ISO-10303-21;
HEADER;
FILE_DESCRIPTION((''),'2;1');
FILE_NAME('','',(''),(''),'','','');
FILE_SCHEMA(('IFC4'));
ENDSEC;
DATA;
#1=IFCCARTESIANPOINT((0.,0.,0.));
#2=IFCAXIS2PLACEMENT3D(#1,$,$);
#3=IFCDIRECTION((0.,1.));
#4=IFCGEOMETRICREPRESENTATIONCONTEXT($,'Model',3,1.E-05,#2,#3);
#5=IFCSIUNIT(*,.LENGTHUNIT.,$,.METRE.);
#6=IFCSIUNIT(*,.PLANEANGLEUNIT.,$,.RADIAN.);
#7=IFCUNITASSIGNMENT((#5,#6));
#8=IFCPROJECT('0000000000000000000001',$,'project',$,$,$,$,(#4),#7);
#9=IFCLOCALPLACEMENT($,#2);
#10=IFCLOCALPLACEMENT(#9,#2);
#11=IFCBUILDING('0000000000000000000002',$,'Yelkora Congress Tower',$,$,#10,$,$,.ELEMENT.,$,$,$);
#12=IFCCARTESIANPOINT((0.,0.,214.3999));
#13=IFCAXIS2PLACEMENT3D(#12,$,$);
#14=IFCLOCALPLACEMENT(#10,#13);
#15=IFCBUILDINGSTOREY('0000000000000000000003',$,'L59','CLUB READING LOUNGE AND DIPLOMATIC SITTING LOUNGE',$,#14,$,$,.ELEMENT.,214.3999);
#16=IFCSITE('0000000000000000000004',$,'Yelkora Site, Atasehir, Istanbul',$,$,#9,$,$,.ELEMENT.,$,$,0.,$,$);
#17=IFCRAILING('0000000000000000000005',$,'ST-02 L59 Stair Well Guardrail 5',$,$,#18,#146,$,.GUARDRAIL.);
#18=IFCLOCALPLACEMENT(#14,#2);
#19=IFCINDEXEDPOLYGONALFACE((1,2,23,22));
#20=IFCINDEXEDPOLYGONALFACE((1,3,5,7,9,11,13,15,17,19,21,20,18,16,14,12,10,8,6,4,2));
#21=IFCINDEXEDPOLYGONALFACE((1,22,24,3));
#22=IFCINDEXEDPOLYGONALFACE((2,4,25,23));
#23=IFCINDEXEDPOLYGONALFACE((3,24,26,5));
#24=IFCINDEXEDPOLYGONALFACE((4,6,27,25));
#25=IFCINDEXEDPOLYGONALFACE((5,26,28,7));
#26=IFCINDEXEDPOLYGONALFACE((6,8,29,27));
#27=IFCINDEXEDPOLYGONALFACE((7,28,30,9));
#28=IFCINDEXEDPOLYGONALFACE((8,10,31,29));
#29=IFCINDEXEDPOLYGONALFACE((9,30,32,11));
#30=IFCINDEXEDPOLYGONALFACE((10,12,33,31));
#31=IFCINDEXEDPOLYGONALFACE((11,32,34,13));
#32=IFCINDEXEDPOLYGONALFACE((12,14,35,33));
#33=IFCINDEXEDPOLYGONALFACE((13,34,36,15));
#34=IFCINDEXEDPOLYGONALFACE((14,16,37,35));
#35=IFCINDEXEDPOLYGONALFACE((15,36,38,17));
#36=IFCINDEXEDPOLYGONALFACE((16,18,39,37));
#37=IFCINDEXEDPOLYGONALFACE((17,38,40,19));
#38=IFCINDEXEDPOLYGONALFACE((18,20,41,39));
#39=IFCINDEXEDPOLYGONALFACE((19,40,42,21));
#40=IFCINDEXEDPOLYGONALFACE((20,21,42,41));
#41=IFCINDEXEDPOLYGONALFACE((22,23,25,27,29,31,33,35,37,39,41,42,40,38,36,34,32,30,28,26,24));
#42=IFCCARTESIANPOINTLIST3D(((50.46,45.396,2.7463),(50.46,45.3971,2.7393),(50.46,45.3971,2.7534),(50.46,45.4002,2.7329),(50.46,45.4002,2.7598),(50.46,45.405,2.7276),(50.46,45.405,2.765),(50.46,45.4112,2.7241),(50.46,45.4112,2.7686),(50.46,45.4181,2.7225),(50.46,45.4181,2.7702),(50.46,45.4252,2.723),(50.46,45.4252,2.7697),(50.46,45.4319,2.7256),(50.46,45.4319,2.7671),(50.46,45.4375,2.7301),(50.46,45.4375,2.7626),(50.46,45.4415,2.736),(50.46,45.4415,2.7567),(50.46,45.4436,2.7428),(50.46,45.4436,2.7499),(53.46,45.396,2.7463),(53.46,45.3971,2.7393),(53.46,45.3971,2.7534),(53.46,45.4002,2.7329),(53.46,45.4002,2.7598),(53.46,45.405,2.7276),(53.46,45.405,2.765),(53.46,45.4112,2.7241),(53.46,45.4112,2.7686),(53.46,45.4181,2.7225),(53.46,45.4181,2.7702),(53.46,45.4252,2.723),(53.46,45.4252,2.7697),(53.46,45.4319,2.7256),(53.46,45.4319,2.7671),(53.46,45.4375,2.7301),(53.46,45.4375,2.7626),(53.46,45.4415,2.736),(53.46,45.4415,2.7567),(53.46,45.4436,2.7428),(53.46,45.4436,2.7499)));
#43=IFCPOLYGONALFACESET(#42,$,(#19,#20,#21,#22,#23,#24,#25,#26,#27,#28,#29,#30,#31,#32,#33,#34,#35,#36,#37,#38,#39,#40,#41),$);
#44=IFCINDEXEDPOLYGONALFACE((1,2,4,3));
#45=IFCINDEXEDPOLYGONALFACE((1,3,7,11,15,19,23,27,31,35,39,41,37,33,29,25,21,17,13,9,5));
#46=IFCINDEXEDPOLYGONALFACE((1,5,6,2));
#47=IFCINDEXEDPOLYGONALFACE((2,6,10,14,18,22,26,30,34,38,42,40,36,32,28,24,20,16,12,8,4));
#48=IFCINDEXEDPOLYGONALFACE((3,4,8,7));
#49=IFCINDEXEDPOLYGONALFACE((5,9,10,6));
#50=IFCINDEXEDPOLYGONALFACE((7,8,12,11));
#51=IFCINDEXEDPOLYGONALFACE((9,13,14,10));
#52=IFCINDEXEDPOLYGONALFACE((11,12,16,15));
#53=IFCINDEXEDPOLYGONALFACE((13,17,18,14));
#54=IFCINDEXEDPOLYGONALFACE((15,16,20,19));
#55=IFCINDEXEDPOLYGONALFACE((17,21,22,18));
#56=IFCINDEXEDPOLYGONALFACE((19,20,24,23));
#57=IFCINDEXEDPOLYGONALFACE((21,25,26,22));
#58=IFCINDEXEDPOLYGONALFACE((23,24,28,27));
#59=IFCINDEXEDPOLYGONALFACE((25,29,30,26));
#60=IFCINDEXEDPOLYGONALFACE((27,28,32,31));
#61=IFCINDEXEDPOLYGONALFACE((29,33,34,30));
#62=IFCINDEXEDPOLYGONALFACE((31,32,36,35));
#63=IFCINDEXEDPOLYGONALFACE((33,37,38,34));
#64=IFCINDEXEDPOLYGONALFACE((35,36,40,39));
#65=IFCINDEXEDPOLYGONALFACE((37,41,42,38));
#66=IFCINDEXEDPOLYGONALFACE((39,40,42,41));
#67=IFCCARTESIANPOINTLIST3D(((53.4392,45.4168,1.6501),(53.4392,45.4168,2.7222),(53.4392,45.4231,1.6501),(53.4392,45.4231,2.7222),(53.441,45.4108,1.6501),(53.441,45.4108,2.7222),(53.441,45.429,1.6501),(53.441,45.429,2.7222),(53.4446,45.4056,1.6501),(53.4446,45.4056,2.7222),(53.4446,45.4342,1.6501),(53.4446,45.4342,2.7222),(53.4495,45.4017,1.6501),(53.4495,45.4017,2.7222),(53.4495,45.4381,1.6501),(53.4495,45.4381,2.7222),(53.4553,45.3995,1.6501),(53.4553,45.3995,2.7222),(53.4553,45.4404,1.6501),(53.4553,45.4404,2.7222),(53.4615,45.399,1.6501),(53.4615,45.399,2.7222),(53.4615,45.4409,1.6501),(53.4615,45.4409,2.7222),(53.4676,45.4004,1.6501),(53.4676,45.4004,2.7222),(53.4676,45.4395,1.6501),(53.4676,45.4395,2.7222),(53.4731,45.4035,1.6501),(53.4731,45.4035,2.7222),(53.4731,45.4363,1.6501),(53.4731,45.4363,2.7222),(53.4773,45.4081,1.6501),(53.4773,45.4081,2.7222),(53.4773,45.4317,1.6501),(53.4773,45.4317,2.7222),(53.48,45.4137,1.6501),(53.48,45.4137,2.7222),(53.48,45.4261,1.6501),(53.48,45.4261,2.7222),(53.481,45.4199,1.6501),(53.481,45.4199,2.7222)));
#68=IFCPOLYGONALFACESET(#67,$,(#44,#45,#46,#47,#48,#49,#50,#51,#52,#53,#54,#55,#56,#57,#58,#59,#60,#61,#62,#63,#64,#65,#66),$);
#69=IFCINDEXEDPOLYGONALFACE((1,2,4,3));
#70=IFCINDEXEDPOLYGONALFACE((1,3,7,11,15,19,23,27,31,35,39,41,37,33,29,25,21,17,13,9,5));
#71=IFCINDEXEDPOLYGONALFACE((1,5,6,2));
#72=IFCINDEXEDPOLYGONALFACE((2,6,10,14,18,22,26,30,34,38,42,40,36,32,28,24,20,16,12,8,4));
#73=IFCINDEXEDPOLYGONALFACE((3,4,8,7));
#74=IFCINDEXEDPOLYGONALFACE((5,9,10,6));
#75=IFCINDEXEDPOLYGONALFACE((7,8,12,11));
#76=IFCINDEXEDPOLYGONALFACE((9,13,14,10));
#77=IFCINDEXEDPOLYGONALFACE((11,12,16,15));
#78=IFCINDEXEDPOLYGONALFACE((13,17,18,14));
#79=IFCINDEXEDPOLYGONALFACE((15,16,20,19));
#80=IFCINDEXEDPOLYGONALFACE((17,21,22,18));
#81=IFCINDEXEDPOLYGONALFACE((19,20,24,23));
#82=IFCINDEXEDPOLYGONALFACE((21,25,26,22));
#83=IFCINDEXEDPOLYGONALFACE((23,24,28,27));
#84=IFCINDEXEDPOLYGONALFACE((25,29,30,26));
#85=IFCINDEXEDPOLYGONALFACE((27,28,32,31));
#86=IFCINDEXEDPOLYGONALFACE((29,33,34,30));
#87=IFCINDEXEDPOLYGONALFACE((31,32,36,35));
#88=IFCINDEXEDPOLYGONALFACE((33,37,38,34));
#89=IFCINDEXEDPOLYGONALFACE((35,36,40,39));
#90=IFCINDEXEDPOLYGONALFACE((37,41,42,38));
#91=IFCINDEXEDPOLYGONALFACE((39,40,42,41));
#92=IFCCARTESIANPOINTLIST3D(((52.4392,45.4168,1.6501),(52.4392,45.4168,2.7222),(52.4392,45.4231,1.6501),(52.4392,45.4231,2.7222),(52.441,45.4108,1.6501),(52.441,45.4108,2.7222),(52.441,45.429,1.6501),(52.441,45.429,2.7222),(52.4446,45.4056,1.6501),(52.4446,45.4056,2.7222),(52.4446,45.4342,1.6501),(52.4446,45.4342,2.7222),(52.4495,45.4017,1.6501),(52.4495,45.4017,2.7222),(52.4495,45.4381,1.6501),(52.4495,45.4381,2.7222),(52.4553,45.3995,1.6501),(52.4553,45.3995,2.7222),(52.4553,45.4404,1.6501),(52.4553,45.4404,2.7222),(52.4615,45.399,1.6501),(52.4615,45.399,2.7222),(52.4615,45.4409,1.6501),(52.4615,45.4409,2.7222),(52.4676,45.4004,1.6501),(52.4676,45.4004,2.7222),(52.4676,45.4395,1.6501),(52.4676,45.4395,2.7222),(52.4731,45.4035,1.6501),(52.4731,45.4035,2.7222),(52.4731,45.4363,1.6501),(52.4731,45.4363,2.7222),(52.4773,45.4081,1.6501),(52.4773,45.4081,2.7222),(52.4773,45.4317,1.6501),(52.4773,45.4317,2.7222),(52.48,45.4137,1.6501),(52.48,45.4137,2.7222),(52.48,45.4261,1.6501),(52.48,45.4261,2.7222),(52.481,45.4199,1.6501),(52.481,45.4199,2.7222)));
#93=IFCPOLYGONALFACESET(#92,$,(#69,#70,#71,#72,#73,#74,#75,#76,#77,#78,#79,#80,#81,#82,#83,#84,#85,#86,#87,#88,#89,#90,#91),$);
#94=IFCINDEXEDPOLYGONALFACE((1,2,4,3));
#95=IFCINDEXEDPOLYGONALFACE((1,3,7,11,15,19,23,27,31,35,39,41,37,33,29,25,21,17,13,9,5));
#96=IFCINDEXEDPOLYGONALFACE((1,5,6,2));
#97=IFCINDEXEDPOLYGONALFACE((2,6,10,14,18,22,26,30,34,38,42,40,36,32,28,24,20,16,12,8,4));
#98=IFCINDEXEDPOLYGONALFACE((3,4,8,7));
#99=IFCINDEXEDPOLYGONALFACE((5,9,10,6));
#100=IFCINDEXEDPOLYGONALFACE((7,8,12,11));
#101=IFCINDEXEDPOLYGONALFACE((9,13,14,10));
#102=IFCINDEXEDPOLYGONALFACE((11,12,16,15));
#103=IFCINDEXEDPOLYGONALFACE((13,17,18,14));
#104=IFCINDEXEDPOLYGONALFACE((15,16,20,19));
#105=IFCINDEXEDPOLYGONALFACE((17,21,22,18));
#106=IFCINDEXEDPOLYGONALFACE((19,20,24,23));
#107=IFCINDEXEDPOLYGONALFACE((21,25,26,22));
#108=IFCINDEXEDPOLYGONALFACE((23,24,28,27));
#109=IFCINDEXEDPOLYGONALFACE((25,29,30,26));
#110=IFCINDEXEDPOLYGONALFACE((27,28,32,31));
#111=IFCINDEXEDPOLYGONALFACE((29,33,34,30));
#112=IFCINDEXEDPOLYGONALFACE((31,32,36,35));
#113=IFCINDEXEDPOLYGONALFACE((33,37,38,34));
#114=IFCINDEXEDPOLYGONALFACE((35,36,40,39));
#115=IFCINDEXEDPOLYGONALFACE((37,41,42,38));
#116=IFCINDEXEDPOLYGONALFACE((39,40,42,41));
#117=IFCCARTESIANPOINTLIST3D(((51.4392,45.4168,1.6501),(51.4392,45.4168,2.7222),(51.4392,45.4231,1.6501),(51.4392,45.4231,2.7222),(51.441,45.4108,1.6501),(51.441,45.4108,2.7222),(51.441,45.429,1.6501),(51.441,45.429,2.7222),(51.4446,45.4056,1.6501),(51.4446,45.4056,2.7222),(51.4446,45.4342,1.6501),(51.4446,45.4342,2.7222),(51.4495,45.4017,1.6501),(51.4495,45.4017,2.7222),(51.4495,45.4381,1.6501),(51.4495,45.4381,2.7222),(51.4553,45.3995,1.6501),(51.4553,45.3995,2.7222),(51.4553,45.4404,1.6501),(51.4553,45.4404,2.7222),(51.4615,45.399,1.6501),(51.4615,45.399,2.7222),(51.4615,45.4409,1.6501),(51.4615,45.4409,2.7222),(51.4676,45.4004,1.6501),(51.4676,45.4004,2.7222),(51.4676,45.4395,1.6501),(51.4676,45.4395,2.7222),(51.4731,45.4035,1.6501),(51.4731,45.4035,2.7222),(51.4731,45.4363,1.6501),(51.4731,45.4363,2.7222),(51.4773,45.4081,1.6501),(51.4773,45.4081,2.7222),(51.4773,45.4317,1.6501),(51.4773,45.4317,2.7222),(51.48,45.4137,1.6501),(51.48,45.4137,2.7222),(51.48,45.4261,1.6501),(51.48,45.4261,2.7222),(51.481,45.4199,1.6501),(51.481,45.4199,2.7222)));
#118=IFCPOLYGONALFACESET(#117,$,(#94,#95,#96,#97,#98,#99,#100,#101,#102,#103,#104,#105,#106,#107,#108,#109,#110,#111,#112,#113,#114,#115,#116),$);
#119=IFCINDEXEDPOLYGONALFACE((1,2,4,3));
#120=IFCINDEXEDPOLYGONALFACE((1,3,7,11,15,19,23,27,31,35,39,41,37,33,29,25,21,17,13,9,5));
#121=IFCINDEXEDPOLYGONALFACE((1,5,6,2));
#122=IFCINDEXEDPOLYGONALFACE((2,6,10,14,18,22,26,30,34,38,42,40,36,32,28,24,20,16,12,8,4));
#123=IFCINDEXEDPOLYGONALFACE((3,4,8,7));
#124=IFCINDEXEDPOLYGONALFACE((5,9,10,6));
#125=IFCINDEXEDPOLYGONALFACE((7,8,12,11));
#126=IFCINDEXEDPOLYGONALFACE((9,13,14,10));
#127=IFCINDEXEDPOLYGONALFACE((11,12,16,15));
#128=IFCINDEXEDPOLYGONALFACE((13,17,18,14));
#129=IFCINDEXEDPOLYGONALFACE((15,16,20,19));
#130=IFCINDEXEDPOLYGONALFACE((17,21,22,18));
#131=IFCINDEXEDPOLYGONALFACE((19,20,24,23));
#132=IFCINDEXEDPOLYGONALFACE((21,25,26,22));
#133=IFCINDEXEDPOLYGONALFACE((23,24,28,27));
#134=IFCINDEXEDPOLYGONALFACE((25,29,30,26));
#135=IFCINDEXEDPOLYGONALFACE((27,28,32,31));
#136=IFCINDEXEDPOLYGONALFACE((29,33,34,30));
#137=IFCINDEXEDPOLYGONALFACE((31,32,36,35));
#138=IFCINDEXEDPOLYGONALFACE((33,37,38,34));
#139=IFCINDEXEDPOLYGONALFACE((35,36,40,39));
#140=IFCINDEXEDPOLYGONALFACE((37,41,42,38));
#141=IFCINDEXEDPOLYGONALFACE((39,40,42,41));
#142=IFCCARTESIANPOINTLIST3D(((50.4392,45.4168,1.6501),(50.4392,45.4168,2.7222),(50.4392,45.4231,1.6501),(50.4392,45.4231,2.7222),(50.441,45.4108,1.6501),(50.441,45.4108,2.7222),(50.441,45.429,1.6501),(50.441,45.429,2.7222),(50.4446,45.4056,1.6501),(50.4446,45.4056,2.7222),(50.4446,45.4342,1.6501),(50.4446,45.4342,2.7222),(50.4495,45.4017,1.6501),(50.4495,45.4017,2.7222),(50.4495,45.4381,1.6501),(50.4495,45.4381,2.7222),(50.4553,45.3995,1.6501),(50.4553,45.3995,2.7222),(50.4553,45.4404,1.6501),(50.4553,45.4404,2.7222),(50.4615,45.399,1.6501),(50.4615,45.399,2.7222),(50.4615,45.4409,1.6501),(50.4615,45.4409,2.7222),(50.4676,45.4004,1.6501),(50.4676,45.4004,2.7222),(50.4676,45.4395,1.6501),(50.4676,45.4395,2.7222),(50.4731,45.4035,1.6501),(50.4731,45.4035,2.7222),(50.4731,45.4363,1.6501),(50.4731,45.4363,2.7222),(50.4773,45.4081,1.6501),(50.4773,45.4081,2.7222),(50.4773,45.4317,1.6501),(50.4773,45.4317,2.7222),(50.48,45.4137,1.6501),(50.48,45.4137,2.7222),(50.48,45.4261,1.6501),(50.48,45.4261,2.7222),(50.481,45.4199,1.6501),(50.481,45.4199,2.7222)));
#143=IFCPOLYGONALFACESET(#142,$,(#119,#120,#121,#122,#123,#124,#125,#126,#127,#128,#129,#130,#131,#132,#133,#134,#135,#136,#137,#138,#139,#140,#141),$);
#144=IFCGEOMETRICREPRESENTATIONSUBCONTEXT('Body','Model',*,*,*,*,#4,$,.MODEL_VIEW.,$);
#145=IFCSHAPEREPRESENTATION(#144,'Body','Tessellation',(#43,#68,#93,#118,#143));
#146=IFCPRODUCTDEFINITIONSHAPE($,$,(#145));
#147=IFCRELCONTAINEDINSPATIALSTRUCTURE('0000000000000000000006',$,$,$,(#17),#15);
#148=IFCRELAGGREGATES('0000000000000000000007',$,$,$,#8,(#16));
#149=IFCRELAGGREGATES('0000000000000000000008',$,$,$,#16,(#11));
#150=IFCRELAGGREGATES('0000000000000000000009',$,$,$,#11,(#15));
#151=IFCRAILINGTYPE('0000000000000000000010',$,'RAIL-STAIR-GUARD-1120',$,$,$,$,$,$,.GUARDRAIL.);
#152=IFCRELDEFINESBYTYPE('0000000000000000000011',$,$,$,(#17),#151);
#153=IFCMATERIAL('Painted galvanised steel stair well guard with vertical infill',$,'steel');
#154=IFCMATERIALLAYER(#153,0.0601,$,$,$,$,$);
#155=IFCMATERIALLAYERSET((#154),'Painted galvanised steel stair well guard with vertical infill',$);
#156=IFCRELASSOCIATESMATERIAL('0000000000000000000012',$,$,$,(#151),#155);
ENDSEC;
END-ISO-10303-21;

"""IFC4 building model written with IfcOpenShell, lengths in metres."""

from ifc_helpers import new_model, si_unit, direction, frame, origin, origin_2d, place, context, subcontext, project, spatial, circle, extrude, material, layer, layer_set, type_object, element, save


model = new_model("IFC4")

# Units and contexts
model_context = context("Model", 3, precision=1e-05, world=origin(), true_north=direction((0.0, 1.0)))
body_context = subcontext(model_context, "Body", "Model", "MODEL_VIEW")
ifc_project = project(units=[si_unit("LENGTHUNIT", "METRE"), si_unit("PLANEANGLEUNIT", "RADIAN")], contexts=[model_context])

# Site, building, storey
site_placement = place(None, origin())
site = spatial("IfcSite", under=ifc_project, at=site_placement, Name="Yelkora Site, Atasehir, Istanbul", CompositionType="ELEMENT", RefElevation=0.0)
building_placement = place(site_placement, origin())
building = spatial("IfcBuilding", under=site, at=building_placement, Name="Yelkora Congress Tower", CompositionType="ELEMENT")
storey_placement = place(building_placement, frame((0.0, 0.0, 214.3999)))
storey = spatial("IfcBuildingStorey", under=building, at=storey_placement, Name="L59", Description="CLUB READING LOUNGE AND DIPLOMATIC SITTING LOUNGE", CompositionType="ELEMENT", Elevation=214.3999)

# Railing
ifc_material_1 = material(Name="Painted galvanised steel stair well guard with vertical infill", Category="steel")
ifc_layer_1 = layer(ifc_material_1, 0.0601)
ifc_layer_set_1 = layer_set([ifc_layer_1], Name="Painted galvanised steel stair well guard with vertical infill")
railing_type_1 = type_object("IfcRailingType", Name="RAIL-STAIR-GUARD-1120", PredefinedType="GUARDRAIL", material=ifc_layer_set_1)
railing_1_placement = place(storey_placement, frame((53.46, 45.4199, 1.6501)))
element("IfcRailing", 1, at=railing_1_placement, inside=storey, type_object=railing_type_1, Name="ST-02 L59 Stair Well Guardrail 5", PredefinedType="GUARDRAIL", context=body_context, shape_type="SweptSolid", body=[
    extrude(circle(Radius=0.0239, at=origin_2d()), frame((0.0, 0.0, 1.0962), z_axis=(-1.0, 0.0, 0.0), x_axis=(0.0, -1.0, 0.0)), (0.0, 0.0, 1.0), 3.0),
    extrude(circle(Radius=0.021, at=origin_2d()), origin(), (0.0, 0.0, 1.0), 1.072),
    extrude(circle(Radius=0.021, at=origin_2d()), frame((-1.0, 0.0, 0.0)), (0.0, 0.0, 1.0), 1.072),
    extrude(circle(Radius=0.021, at=origin_2d()), frame((-2.0, 0.0, 0.0)), (0.0, 0.0, 1.0), 1.072),
    extrude(circle(Radius=0.021, at=origin_2d()), frame((-3.0, 0.0, 0.0)), (0.0, 0.0, 1.0), 1.072),
])

save(model, "model.ifc")
